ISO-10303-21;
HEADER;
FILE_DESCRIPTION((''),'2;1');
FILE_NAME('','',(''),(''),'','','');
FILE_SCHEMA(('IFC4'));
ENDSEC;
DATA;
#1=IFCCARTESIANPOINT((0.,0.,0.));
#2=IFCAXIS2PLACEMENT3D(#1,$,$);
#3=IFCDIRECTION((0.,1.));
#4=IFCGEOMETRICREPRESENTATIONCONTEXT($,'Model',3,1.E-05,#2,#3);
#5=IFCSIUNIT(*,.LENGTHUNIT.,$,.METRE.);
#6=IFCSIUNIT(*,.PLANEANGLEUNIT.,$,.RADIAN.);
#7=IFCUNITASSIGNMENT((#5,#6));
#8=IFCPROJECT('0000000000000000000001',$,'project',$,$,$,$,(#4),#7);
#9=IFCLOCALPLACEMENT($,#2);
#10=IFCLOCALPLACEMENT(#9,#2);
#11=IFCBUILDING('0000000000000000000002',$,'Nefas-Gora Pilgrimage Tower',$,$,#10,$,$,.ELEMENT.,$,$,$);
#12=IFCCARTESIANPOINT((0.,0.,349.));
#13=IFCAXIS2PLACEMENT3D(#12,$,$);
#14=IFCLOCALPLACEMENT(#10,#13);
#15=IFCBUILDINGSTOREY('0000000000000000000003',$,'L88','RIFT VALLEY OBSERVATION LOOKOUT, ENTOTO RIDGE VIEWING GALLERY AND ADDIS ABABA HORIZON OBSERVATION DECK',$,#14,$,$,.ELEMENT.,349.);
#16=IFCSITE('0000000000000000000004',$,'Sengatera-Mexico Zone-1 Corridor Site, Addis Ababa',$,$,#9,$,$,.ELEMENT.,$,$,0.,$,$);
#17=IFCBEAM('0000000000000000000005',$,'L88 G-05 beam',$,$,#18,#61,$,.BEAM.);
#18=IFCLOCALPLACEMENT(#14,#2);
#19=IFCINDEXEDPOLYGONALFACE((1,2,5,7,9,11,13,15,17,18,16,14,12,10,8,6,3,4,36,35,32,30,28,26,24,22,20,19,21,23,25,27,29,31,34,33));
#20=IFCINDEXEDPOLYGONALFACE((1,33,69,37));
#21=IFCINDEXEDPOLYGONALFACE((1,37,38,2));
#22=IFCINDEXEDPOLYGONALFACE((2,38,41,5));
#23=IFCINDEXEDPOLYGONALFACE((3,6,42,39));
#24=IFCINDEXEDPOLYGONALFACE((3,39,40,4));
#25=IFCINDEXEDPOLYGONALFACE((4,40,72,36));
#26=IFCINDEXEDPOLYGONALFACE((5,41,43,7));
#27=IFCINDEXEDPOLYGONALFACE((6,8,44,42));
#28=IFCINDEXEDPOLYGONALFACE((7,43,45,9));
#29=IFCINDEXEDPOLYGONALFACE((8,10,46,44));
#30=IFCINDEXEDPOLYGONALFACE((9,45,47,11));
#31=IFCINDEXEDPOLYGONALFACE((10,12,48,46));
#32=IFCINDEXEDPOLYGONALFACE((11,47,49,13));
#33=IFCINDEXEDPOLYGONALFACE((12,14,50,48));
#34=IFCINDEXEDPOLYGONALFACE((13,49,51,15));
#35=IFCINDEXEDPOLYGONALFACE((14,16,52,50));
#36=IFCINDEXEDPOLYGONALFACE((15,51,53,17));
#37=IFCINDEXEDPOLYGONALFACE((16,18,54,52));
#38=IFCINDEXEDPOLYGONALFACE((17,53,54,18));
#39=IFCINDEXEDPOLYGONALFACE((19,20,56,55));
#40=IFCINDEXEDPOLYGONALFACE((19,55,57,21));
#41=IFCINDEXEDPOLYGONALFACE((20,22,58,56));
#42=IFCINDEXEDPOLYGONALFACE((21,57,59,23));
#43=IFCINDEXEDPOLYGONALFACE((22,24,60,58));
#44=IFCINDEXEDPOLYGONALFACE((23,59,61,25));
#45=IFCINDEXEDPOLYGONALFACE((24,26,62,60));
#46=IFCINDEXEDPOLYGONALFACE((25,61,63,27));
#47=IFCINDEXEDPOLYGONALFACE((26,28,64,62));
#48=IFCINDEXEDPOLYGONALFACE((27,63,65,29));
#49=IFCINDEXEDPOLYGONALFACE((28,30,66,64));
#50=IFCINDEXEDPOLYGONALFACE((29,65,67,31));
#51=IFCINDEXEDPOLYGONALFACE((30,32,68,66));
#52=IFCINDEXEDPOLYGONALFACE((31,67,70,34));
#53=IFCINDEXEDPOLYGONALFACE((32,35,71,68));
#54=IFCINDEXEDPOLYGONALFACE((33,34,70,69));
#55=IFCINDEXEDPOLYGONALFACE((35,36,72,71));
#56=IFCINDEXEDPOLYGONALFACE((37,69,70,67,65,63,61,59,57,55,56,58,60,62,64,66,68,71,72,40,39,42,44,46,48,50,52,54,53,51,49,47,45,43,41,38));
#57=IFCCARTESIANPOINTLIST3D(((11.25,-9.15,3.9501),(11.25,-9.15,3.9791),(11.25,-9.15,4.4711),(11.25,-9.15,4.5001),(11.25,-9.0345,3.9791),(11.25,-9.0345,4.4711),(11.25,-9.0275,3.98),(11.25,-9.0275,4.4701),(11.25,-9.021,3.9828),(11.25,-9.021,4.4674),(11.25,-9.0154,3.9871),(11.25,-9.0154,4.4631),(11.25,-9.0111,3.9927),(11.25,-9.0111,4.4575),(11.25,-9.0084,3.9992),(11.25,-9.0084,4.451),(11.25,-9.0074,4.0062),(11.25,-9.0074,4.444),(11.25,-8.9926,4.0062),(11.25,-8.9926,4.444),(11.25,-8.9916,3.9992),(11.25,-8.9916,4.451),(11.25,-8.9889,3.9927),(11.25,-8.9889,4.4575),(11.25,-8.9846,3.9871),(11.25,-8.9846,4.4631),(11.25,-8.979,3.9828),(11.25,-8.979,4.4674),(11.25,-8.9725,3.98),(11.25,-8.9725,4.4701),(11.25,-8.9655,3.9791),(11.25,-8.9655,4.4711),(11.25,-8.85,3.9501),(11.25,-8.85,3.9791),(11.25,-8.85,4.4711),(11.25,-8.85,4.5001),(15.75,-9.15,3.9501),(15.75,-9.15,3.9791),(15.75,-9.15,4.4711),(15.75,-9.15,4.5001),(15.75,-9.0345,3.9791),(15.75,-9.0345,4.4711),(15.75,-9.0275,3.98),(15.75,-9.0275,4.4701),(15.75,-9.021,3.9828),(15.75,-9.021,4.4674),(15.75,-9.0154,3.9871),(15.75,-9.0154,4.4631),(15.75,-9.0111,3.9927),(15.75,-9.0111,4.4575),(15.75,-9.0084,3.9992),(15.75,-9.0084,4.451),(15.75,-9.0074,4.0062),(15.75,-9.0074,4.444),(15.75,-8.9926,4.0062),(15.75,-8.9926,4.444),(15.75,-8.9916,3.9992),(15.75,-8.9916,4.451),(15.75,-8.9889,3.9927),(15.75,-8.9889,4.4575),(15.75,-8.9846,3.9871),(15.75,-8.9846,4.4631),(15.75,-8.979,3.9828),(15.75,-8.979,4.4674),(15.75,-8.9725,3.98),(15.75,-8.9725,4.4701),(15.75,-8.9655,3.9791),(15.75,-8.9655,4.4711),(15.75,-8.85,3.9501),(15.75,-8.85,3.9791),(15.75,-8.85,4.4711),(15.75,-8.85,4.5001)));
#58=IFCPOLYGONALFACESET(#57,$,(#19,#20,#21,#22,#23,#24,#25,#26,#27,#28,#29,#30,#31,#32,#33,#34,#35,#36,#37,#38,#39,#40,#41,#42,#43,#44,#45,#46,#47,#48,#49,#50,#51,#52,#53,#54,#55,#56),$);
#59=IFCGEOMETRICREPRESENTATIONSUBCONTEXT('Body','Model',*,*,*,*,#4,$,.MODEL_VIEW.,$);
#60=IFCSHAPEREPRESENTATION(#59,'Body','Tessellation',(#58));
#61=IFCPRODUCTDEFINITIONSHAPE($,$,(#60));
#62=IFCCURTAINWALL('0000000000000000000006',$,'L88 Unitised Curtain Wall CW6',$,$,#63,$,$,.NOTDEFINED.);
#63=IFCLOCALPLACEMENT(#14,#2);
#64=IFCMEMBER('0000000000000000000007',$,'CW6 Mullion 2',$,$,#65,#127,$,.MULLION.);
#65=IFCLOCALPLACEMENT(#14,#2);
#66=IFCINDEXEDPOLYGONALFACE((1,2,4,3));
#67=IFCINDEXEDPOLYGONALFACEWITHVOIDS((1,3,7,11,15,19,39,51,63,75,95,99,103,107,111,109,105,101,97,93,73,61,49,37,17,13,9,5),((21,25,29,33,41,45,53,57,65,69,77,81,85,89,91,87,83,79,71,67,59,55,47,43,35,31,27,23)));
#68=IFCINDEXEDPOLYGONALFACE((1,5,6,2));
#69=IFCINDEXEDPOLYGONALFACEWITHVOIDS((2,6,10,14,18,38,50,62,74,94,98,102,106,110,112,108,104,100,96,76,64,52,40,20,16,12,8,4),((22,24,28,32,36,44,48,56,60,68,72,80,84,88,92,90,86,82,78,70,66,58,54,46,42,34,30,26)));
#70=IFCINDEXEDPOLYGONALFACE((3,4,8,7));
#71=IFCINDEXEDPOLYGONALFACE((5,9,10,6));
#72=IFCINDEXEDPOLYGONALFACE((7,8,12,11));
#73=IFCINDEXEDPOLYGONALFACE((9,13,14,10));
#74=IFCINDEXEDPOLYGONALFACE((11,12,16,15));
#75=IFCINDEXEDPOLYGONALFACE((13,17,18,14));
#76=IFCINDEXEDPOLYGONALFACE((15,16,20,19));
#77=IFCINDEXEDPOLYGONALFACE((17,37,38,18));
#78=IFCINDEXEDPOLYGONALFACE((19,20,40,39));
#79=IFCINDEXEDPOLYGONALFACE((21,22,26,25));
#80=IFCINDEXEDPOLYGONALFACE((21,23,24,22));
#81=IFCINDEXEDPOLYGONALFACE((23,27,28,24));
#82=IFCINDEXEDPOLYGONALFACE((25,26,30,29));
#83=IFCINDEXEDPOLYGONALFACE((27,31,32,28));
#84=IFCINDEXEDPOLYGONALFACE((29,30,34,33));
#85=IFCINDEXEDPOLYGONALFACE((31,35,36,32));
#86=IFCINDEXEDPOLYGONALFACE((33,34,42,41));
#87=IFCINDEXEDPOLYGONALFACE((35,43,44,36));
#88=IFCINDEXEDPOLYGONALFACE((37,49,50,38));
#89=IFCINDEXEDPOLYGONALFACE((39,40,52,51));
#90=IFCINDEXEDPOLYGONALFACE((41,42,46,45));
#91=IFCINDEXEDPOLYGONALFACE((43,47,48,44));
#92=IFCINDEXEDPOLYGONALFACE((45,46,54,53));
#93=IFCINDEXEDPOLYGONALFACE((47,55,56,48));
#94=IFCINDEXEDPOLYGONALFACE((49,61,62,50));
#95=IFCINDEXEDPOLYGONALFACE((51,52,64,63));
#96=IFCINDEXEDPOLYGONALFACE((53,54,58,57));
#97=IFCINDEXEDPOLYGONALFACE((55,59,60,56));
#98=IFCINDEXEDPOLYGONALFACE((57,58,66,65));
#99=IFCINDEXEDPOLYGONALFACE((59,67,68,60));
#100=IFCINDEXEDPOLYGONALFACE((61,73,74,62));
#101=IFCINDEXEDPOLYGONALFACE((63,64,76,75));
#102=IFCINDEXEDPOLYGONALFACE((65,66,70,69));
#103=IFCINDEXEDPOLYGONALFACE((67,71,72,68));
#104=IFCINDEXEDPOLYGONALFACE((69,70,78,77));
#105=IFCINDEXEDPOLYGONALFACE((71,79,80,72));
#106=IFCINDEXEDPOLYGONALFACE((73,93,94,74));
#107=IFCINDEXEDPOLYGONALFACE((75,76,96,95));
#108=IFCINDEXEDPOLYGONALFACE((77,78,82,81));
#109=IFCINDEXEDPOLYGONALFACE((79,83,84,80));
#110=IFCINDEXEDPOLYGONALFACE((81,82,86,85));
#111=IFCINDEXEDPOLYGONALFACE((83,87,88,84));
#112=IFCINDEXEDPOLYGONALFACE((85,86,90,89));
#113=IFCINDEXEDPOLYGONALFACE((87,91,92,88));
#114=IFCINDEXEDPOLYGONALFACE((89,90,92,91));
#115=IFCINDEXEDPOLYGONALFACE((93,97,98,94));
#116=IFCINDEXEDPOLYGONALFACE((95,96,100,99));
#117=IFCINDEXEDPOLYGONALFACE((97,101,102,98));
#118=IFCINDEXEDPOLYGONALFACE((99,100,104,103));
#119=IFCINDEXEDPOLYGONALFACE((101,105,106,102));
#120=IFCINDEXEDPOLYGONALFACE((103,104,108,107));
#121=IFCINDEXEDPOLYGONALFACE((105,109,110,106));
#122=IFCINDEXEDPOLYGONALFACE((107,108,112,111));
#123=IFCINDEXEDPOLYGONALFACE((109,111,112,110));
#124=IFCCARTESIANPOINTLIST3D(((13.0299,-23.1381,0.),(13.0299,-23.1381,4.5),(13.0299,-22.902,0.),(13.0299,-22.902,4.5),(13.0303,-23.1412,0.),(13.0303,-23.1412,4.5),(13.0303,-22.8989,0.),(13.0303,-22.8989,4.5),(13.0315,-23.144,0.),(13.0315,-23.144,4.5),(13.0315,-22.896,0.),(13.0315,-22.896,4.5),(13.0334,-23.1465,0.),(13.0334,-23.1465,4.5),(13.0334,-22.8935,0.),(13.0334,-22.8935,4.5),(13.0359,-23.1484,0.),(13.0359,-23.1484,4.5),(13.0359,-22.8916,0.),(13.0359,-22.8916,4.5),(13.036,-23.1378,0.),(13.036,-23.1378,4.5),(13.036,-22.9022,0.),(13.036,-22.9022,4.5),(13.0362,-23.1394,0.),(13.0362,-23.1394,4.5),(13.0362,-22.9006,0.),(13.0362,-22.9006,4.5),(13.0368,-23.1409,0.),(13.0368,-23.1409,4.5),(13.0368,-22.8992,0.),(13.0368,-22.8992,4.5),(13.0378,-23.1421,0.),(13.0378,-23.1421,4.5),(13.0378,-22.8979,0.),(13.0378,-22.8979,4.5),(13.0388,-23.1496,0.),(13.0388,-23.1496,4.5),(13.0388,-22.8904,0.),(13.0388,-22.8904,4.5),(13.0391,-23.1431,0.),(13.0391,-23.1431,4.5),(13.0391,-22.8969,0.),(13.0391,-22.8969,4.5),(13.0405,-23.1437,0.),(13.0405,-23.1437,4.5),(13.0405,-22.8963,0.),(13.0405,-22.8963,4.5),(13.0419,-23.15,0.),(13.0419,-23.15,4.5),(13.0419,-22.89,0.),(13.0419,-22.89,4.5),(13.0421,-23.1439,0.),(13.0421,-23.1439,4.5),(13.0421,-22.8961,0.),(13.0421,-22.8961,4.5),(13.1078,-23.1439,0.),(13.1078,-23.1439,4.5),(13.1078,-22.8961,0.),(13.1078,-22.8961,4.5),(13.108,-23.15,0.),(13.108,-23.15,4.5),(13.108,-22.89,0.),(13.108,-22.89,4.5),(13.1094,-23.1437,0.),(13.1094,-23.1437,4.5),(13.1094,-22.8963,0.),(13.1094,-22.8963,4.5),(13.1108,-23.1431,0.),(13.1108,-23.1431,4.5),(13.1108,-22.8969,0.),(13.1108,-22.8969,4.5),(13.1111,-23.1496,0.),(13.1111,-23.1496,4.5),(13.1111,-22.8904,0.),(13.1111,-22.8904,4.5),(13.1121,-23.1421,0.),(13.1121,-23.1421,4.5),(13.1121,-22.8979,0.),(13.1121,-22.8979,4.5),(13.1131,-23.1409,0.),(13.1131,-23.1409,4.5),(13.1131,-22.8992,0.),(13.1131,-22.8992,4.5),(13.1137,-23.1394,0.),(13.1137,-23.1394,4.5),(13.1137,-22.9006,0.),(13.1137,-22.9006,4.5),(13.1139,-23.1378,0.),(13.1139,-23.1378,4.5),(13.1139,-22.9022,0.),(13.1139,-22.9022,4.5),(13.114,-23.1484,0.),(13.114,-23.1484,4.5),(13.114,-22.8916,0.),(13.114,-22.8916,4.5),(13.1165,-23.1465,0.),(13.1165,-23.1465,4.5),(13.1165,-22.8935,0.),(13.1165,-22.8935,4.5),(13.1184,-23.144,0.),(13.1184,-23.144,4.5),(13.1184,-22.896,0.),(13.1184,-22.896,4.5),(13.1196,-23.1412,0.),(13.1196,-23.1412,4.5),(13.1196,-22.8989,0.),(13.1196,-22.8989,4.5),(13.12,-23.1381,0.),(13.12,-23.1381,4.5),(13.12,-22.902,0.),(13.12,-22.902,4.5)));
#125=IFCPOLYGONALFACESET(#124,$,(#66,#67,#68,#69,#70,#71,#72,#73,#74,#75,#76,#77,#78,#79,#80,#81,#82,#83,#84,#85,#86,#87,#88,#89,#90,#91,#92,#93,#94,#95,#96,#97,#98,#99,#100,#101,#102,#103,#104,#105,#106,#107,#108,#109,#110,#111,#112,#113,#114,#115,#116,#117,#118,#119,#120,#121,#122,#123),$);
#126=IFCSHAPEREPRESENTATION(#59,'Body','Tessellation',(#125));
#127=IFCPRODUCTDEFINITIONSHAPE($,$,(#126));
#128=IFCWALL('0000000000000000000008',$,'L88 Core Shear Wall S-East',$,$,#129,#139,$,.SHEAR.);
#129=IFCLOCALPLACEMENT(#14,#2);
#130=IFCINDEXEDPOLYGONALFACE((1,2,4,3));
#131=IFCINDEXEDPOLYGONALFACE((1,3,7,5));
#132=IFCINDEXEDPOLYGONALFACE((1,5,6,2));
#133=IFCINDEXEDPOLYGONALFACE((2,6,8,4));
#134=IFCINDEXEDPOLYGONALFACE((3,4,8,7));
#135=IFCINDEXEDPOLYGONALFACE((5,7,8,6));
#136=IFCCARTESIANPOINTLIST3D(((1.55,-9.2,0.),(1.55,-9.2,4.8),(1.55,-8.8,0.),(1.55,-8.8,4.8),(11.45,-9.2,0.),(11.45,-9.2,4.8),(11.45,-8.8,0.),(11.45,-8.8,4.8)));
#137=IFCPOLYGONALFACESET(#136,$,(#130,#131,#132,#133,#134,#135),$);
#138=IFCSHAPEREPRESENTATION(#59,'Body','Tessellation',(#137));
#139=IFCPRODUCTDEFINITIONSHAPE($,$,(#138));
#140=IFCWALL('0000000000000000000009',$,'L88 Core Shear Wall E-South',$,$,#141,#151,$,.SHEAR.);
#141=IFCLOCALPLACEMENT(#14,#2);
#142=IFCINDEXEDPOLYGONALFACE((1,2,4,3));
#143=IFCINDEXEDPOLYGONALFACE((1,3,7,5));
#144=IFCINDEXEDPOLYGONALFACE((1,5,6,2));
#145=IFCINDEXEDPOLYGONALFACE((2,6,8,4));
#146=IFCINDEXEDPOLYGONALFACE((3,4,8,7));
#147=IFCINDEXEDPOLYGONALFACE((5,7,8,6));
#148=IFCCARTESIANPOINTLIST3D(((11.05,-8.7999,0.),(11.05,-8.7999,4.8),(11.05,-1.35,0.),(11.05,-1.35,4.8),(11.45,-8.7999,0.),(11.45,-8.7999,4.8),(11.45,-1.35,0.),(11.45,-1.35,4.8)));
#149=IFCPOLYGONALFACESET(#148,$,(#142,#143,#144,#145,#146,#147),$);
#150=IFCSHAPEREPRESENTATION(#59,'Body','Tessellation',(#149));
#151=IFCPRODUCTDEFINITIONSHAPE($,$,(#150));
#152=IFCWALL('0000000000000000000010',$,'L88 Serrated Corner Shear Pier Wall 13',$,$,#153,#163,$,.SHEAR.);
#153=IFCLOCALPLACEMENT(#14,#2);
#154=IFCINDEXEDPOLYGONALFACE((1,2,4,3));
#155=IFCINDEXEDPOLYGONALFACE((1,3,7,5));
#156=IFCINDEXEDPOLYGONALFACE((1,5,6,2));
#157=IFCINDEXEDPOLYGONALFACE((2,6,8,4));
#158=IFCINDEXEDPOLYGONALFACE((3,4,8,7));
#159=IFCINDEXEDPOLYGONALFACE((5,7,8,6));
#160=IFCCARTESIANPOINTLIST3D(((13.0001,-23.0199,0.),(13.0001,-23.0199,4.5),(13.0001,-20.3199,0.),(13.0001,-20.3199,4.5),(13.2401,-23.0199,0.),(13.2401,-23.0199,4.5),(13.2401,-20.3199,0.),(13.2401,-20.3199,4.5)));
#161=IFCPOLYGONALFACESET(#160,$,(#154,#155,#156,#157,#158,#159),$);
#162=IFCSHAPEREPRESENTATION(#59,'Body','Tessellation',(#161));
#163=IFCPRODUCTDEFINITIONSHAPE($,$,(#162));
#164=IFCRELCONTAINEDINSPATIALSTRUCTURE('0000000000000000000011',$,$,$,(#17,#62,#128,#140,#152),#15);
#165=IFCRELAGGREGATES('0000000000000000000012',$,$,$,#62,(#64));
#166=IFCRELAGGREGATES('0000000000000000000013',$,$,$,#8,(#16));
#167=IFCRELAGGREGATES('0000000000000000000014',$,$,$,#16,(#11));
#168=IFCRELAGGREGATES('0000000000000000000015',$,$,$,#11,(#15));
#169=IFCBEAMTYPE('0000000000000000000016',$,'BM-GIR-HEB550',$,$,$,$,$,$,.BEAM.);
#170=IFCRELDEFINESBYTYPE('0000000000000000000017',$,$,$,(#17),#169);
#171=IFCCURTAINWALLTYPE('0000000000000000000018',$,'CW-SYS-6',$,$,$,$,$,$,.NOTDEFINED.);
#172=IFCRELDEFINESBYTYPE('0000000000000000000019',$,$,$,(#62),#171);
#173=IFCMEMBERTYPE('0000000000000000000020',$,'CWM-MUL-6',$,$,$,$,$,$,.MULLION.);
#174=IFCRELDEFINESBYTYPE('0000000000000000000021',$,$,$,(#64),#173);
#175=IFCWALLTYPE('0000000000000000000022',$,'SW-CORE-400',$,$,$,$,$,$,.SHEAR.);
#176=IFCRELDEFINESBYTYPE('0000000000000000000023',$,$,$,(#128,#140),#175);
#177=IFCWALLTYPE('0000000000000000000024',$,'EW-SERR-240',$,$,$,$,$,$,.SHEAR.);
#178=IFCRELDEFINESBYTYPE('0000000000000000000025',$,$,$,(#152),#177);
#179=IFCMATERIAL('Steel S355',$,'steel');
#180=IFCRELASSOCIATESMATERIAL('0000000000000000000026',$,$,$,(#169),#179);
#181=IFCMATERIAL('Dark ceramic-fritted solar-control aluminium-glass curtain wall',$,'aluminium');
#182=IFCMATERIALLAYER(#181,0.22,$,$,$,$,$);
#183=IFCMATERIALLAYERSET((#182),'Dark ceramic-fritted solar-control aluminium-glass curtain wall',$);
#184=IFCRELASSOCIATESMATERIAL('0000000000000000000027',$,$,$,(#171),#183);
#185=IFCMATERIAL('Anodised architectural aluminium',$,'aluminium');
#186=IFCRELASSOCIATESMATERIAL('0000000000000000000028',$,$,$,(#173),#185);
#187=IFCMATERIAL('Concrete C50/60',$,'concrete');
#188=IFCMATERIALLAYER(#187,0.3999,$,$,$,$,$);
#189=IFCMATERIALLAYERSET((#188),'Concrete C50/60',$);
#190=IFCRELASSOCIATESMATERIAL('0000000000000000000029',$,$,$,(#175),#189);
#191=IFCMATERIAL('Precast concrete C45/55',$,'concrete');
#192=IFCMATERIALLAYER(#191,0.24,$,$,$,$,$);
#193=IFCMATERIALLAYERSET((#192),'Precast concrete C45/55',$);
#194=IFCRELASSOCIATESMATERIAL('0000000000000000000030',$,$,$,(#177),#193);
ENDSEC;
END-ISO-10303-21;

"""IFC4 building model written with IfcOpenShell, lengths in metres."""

from ifc_helpers import new_model, si_unit, direction, frame, frame_2d, origin, origin_2d, place, context, subcontext, project, spatial, rectangle, hollow_rectangle, i_section, extrude, source, transform, mapped, material, layer, layer_set, material_profile, profile_set, type_object, element, aggregate, save


model = new_model("IFC4")

# Units and contexts
model_context = context("Model", 3, precision=1e-05, world=origin(), true_north=direction((0.0, 1.0)))
body_context = subcontext(model_context, "Body", "Model", "MODEL_VIEW")
ifc_project = project(units=[si_unit("LENGTHUNIT", "METRE"), si_unit("PLANEANGLEUNIT", "RADIAN")], contexts=[model_context])

# Site, building, storey
site_placement = place(None, origin())
site = spatial("IfcSite", under=ifc_project, at=site_placement, Name="Sengatera-Mexico Zone-1 Corridor Site, Addis Ababa", CompositionType="ELEMENT", RefElevation=0.0)
building_placement = place(site_placement, origin())
building = spatial("IfcBuilding", under=site, at=building_placement, Name="Nefas-Gora Pilgrimage Tower", CompositionType="ELEMENT")
storey_placement = place(building_placement, frame((0.0, 0.0, 349.0)))
storey = spatial("IfcBuildingStorey", under=building, at=storey_placement, Name="L88", Description="RIFT VALLEY OBSERVATION LOOKOUT, ENTOTO RIDGE VIEWING GALLERY AND ADDIS ABABA HORIZON OBSERVATION DECK", CompositionType="ELEMENT", Elevation=349.0)

# Shared definitions
ifc_material_1 = material(Name="Steel S355", Category="steel")
ifc_material_2 = material(Name="Concrete C50/60", Category="concrete")

# Beam
ifc_material_profile_1 = material_profile(ifc_material_1, i_section(OverallWidth=0.3, OverallDepth=0.55, WebThickness=0.0149, FlangeThickness=0.0291, FilletRadius=0.0271, at=origin_2d()), Name="HEB 550")
ifc_profile_set_1 = profile_set([ifc_material_profile_1], Name="Steel S355")
beam_type_1 = type_object("IfcBeamType", Name="BM-GIR-HEB550", PredefinedType="BEAM", material=ifc_profile_set_1)
shared_shape_1 = source(origin(), body_context, "Body", "SweptSolid", [
    extrude(i_section(OverallWidth=0.3, OverallDepth=0.55, WebThickness=0.0149, FlangeThickness=0.0291, FilletRadius=0.0271, at=origin_2d()), origin(), (0.0, 0.0, 1.0), 4.5),
])
for number, where, z_axis, x_axis, name in (
    (1, (11.25, -9.0, 4.2251), (1.0, 0.0, 0.0), (0.0, 1.0, 0.0), "L88 G-05 beam"),
):
    element("IfcBeam", number, at=place(storey_placement, frame(where, z_axis=z_axis, x_axis=x_axis)), inside=storey, type_object=beam_type_1, Name=name, PredefinedType="BEAM", context=body_context, shape_type="MappedRepresentation", body=[
        mapped(shared_shape_1, transform((0.0, 0.0, 0.0), x_axis=(1.0, 0.0, 0.0), y_axis=(0.0, 1.0, 0.0), z_axis=(0.0, 0.0, 1.0), scale=1.0)),
    ])

# Curtain wall, member
ifc_material_3 = material(Name="Dark ceramic-fritted solar-control aluminium-glass curtain wall", Category="aluminium")
ifc_layer_1 = layer(ifc_material_3, 0.22)
ifc_layer_set_1 = layer_set([ifc_layer_1], Name="Dark ceramic-fritted solar-control aluminium-glass curtain wall")
curtain_wall_type = type_object("IfcCurtainWallType", Name="CW-SYS-6", PredefinedType="NOTDEFINED", material=ifc_layer_set_1)
curtain_wall_placement = place(storey_placement, origin())
curtain_wall = element("IfcCurtainWall", 2, at=curtain_wall_placement, inside=storey, type_object=curtain_wall_type, Name="L88 Unitised Curtain Wall CW6", PredefinedType="NOTDEFINED")
ifc_material_4 = material(Name="Anodised architectural aluminium", Category="aluminium")
ifc_material_profile_2 = material_profile(ifc_material_4, hollow_rectangle(XDim=0.0901, YDim=0.26, WallThickness=0.0061, InnerFilletRadius=0.0061, OuterFilletRadius=0.012, at=origin_2d()), Name="ALU MULLION 90x260")
ifc_profile_set_2 = profile_set([ifc_material_profile_2], Name="Anodised architectural aluminium")
member_type = type_object("IfcMemberType", Name="CWM-MUL-6", PredefinedType="MULLION", material=ifc_profile_set_2)
shared_shape_2 = source(origin(), body_context, "Body", "SweptSolid", [
    extrude(hollow_rectangle(XDim=0.0901, YDim=0.26, WallThickness=0.0061, InnerFilletRadius=0.0061, OuterFilletRadius=0.012, at=origin_2d()), origin(), (0.0, 0.0, 1.0), 4.5),
])
member_placement = place(storey_placement, frame((13.075, -23.02, 0.0), z_axis=(0.0, 0.0, 1.0), x_axis=(1.0, 0.0, 0.0)))
member = element("IfcMember", 3, at=member_placement, type_object=member_type, Name="CW6 Mullion 2", PredefinedType="MULLION", context=body_context, shape_type="MappedRepresentation", body=[
    mapped(shared_shape_2, transform((0.0, 0.0, 0.0), x_axis=(1.0, 0.0, 0.0), y_axis=(0.0, 1.0, 0.0), z_axis=(0.0, 0.0, 1.0), scale=1.0)),
])
aggregate(curtain_wall, [member])

# Walls
ifc_layer_2 = layer(ifc_material_2, 0.3999)
ifc_layer_set_2 = layer_set([ifc_layer_2], Name="Concrete C50/60")
wall_type_1 = type_object("IfcWallType", Name="SW-CORE-400", PredefinedType="SHEAR", material=ifc_layer_set_2)
shared_shape_3 = source(origin(), body_context, "Body", "SweptSolid", [
    extrude(rectangle(XDim=9.8999, YDim=0.3999, at=frame_2d((4.95, 0.0))), origin(), (0.0, 0.0, 1.0), 4.8),
])
wall_1_placement = place(storey_placement, frame((1.55, -9.0, 0.0), z_axis=(0.0, 0.0, 1.0), x_axis=(1.0, 0.0, 0.0)))
element("IfcWall", 4, at=wall_1_placement, inside=storey, type_object=wall_type_1, Name="L88 Core Shear Wall S-East", PredefinedType="SHEAR", context=body_context, shape_type="MappedRepresentation", body=[
    mapped(shared_shape_3, transform((0.0, 0.0, 0.0), x_axis=(1.0, 0.0, 0.0), y_axis=(0.0, 1.0, 0.0), z_axis=(0.0, 0.0, 1.0), scale=1.0)),
])
shared_shape_4 = source(origin(), body_context, "Body", "SweptSolid", [
    extrude(rectangle(XDim=7.45, YDim=0.3999, at=frame_2d((3.7251, 0.0))), origin(), (0.0, 0.0, 1.0), 4.8),
])
wall_2_placement = place(storey_placement, frame((11.25, -8.8, 0.0), z_axis=(0.0, 0.0, 1.0), x_axis=(0.0, 1.0, 0.0)))
element("IfcWall", 5, at=wall_2_placement, inside=storey, type_object=wall_type_1, Name="L88 Core Shear Wall E-South", PredefinedType="SHEAR", context=body_context, shape_type="MappedRepresentation", body=[
    mapped(shared_shape_4, transform((0.0, 0.0, 0.0), x_axis=(1.0, 0.0, 0.0), y_axis=(0.0, 1.0, 0.0), z_axis=(0.0, 0.0, 1.0), scale=1.0)),
])
ifc_material_5 = material(Name="Precast concrete C45/55", Category="concrete")
ifc_layer_3 = layer(ifc_material_5, 0.24)
ifc_layer_set_3 = layer_set([ifc_layer_3], Name="Precast concrete C45/55")
wall_type_2 = type_object("IfcWallType", Name="EW-SERR-240", PredefinedType="SHEAR", material=ifc_layer_set_3)
shared_shape_5 = source(origin(), body_context, "Body", "SweptSolid", [
    extrude(rectangle(XDim=2.7, YDim=0.24, at=frame_2d((1.3501, 0.0))), origin(), (0.0, 0.0, 1.0), 4.5),
])
wall_3_placement = place(storey_placement, frame((13.1201, -23.02, 0.0), z_axis=(0.0, 0.0, 1.0), x_axis=(0.0, 1.0, 0.0)))
element("IfcWall", 6, at=wall_3_placement, inside=storey, type_object=wall_type_2, Name="L88 Serrated Corner Shear Pier Wall 13", PredefinedType="SHEAR", context=body_context, shape_type="MappedRepresentation", body=[
    mapped(shared_shape_5, transform((0.0, 0.0, 0.0), x_axis=(1.0, 0.0, 0.0), y_axis=(0.0, 1.0, 0.0), z_axis=(0.0, 0.0, 1.0), scale=1.0)),
])

save(model, "model.ifc")
